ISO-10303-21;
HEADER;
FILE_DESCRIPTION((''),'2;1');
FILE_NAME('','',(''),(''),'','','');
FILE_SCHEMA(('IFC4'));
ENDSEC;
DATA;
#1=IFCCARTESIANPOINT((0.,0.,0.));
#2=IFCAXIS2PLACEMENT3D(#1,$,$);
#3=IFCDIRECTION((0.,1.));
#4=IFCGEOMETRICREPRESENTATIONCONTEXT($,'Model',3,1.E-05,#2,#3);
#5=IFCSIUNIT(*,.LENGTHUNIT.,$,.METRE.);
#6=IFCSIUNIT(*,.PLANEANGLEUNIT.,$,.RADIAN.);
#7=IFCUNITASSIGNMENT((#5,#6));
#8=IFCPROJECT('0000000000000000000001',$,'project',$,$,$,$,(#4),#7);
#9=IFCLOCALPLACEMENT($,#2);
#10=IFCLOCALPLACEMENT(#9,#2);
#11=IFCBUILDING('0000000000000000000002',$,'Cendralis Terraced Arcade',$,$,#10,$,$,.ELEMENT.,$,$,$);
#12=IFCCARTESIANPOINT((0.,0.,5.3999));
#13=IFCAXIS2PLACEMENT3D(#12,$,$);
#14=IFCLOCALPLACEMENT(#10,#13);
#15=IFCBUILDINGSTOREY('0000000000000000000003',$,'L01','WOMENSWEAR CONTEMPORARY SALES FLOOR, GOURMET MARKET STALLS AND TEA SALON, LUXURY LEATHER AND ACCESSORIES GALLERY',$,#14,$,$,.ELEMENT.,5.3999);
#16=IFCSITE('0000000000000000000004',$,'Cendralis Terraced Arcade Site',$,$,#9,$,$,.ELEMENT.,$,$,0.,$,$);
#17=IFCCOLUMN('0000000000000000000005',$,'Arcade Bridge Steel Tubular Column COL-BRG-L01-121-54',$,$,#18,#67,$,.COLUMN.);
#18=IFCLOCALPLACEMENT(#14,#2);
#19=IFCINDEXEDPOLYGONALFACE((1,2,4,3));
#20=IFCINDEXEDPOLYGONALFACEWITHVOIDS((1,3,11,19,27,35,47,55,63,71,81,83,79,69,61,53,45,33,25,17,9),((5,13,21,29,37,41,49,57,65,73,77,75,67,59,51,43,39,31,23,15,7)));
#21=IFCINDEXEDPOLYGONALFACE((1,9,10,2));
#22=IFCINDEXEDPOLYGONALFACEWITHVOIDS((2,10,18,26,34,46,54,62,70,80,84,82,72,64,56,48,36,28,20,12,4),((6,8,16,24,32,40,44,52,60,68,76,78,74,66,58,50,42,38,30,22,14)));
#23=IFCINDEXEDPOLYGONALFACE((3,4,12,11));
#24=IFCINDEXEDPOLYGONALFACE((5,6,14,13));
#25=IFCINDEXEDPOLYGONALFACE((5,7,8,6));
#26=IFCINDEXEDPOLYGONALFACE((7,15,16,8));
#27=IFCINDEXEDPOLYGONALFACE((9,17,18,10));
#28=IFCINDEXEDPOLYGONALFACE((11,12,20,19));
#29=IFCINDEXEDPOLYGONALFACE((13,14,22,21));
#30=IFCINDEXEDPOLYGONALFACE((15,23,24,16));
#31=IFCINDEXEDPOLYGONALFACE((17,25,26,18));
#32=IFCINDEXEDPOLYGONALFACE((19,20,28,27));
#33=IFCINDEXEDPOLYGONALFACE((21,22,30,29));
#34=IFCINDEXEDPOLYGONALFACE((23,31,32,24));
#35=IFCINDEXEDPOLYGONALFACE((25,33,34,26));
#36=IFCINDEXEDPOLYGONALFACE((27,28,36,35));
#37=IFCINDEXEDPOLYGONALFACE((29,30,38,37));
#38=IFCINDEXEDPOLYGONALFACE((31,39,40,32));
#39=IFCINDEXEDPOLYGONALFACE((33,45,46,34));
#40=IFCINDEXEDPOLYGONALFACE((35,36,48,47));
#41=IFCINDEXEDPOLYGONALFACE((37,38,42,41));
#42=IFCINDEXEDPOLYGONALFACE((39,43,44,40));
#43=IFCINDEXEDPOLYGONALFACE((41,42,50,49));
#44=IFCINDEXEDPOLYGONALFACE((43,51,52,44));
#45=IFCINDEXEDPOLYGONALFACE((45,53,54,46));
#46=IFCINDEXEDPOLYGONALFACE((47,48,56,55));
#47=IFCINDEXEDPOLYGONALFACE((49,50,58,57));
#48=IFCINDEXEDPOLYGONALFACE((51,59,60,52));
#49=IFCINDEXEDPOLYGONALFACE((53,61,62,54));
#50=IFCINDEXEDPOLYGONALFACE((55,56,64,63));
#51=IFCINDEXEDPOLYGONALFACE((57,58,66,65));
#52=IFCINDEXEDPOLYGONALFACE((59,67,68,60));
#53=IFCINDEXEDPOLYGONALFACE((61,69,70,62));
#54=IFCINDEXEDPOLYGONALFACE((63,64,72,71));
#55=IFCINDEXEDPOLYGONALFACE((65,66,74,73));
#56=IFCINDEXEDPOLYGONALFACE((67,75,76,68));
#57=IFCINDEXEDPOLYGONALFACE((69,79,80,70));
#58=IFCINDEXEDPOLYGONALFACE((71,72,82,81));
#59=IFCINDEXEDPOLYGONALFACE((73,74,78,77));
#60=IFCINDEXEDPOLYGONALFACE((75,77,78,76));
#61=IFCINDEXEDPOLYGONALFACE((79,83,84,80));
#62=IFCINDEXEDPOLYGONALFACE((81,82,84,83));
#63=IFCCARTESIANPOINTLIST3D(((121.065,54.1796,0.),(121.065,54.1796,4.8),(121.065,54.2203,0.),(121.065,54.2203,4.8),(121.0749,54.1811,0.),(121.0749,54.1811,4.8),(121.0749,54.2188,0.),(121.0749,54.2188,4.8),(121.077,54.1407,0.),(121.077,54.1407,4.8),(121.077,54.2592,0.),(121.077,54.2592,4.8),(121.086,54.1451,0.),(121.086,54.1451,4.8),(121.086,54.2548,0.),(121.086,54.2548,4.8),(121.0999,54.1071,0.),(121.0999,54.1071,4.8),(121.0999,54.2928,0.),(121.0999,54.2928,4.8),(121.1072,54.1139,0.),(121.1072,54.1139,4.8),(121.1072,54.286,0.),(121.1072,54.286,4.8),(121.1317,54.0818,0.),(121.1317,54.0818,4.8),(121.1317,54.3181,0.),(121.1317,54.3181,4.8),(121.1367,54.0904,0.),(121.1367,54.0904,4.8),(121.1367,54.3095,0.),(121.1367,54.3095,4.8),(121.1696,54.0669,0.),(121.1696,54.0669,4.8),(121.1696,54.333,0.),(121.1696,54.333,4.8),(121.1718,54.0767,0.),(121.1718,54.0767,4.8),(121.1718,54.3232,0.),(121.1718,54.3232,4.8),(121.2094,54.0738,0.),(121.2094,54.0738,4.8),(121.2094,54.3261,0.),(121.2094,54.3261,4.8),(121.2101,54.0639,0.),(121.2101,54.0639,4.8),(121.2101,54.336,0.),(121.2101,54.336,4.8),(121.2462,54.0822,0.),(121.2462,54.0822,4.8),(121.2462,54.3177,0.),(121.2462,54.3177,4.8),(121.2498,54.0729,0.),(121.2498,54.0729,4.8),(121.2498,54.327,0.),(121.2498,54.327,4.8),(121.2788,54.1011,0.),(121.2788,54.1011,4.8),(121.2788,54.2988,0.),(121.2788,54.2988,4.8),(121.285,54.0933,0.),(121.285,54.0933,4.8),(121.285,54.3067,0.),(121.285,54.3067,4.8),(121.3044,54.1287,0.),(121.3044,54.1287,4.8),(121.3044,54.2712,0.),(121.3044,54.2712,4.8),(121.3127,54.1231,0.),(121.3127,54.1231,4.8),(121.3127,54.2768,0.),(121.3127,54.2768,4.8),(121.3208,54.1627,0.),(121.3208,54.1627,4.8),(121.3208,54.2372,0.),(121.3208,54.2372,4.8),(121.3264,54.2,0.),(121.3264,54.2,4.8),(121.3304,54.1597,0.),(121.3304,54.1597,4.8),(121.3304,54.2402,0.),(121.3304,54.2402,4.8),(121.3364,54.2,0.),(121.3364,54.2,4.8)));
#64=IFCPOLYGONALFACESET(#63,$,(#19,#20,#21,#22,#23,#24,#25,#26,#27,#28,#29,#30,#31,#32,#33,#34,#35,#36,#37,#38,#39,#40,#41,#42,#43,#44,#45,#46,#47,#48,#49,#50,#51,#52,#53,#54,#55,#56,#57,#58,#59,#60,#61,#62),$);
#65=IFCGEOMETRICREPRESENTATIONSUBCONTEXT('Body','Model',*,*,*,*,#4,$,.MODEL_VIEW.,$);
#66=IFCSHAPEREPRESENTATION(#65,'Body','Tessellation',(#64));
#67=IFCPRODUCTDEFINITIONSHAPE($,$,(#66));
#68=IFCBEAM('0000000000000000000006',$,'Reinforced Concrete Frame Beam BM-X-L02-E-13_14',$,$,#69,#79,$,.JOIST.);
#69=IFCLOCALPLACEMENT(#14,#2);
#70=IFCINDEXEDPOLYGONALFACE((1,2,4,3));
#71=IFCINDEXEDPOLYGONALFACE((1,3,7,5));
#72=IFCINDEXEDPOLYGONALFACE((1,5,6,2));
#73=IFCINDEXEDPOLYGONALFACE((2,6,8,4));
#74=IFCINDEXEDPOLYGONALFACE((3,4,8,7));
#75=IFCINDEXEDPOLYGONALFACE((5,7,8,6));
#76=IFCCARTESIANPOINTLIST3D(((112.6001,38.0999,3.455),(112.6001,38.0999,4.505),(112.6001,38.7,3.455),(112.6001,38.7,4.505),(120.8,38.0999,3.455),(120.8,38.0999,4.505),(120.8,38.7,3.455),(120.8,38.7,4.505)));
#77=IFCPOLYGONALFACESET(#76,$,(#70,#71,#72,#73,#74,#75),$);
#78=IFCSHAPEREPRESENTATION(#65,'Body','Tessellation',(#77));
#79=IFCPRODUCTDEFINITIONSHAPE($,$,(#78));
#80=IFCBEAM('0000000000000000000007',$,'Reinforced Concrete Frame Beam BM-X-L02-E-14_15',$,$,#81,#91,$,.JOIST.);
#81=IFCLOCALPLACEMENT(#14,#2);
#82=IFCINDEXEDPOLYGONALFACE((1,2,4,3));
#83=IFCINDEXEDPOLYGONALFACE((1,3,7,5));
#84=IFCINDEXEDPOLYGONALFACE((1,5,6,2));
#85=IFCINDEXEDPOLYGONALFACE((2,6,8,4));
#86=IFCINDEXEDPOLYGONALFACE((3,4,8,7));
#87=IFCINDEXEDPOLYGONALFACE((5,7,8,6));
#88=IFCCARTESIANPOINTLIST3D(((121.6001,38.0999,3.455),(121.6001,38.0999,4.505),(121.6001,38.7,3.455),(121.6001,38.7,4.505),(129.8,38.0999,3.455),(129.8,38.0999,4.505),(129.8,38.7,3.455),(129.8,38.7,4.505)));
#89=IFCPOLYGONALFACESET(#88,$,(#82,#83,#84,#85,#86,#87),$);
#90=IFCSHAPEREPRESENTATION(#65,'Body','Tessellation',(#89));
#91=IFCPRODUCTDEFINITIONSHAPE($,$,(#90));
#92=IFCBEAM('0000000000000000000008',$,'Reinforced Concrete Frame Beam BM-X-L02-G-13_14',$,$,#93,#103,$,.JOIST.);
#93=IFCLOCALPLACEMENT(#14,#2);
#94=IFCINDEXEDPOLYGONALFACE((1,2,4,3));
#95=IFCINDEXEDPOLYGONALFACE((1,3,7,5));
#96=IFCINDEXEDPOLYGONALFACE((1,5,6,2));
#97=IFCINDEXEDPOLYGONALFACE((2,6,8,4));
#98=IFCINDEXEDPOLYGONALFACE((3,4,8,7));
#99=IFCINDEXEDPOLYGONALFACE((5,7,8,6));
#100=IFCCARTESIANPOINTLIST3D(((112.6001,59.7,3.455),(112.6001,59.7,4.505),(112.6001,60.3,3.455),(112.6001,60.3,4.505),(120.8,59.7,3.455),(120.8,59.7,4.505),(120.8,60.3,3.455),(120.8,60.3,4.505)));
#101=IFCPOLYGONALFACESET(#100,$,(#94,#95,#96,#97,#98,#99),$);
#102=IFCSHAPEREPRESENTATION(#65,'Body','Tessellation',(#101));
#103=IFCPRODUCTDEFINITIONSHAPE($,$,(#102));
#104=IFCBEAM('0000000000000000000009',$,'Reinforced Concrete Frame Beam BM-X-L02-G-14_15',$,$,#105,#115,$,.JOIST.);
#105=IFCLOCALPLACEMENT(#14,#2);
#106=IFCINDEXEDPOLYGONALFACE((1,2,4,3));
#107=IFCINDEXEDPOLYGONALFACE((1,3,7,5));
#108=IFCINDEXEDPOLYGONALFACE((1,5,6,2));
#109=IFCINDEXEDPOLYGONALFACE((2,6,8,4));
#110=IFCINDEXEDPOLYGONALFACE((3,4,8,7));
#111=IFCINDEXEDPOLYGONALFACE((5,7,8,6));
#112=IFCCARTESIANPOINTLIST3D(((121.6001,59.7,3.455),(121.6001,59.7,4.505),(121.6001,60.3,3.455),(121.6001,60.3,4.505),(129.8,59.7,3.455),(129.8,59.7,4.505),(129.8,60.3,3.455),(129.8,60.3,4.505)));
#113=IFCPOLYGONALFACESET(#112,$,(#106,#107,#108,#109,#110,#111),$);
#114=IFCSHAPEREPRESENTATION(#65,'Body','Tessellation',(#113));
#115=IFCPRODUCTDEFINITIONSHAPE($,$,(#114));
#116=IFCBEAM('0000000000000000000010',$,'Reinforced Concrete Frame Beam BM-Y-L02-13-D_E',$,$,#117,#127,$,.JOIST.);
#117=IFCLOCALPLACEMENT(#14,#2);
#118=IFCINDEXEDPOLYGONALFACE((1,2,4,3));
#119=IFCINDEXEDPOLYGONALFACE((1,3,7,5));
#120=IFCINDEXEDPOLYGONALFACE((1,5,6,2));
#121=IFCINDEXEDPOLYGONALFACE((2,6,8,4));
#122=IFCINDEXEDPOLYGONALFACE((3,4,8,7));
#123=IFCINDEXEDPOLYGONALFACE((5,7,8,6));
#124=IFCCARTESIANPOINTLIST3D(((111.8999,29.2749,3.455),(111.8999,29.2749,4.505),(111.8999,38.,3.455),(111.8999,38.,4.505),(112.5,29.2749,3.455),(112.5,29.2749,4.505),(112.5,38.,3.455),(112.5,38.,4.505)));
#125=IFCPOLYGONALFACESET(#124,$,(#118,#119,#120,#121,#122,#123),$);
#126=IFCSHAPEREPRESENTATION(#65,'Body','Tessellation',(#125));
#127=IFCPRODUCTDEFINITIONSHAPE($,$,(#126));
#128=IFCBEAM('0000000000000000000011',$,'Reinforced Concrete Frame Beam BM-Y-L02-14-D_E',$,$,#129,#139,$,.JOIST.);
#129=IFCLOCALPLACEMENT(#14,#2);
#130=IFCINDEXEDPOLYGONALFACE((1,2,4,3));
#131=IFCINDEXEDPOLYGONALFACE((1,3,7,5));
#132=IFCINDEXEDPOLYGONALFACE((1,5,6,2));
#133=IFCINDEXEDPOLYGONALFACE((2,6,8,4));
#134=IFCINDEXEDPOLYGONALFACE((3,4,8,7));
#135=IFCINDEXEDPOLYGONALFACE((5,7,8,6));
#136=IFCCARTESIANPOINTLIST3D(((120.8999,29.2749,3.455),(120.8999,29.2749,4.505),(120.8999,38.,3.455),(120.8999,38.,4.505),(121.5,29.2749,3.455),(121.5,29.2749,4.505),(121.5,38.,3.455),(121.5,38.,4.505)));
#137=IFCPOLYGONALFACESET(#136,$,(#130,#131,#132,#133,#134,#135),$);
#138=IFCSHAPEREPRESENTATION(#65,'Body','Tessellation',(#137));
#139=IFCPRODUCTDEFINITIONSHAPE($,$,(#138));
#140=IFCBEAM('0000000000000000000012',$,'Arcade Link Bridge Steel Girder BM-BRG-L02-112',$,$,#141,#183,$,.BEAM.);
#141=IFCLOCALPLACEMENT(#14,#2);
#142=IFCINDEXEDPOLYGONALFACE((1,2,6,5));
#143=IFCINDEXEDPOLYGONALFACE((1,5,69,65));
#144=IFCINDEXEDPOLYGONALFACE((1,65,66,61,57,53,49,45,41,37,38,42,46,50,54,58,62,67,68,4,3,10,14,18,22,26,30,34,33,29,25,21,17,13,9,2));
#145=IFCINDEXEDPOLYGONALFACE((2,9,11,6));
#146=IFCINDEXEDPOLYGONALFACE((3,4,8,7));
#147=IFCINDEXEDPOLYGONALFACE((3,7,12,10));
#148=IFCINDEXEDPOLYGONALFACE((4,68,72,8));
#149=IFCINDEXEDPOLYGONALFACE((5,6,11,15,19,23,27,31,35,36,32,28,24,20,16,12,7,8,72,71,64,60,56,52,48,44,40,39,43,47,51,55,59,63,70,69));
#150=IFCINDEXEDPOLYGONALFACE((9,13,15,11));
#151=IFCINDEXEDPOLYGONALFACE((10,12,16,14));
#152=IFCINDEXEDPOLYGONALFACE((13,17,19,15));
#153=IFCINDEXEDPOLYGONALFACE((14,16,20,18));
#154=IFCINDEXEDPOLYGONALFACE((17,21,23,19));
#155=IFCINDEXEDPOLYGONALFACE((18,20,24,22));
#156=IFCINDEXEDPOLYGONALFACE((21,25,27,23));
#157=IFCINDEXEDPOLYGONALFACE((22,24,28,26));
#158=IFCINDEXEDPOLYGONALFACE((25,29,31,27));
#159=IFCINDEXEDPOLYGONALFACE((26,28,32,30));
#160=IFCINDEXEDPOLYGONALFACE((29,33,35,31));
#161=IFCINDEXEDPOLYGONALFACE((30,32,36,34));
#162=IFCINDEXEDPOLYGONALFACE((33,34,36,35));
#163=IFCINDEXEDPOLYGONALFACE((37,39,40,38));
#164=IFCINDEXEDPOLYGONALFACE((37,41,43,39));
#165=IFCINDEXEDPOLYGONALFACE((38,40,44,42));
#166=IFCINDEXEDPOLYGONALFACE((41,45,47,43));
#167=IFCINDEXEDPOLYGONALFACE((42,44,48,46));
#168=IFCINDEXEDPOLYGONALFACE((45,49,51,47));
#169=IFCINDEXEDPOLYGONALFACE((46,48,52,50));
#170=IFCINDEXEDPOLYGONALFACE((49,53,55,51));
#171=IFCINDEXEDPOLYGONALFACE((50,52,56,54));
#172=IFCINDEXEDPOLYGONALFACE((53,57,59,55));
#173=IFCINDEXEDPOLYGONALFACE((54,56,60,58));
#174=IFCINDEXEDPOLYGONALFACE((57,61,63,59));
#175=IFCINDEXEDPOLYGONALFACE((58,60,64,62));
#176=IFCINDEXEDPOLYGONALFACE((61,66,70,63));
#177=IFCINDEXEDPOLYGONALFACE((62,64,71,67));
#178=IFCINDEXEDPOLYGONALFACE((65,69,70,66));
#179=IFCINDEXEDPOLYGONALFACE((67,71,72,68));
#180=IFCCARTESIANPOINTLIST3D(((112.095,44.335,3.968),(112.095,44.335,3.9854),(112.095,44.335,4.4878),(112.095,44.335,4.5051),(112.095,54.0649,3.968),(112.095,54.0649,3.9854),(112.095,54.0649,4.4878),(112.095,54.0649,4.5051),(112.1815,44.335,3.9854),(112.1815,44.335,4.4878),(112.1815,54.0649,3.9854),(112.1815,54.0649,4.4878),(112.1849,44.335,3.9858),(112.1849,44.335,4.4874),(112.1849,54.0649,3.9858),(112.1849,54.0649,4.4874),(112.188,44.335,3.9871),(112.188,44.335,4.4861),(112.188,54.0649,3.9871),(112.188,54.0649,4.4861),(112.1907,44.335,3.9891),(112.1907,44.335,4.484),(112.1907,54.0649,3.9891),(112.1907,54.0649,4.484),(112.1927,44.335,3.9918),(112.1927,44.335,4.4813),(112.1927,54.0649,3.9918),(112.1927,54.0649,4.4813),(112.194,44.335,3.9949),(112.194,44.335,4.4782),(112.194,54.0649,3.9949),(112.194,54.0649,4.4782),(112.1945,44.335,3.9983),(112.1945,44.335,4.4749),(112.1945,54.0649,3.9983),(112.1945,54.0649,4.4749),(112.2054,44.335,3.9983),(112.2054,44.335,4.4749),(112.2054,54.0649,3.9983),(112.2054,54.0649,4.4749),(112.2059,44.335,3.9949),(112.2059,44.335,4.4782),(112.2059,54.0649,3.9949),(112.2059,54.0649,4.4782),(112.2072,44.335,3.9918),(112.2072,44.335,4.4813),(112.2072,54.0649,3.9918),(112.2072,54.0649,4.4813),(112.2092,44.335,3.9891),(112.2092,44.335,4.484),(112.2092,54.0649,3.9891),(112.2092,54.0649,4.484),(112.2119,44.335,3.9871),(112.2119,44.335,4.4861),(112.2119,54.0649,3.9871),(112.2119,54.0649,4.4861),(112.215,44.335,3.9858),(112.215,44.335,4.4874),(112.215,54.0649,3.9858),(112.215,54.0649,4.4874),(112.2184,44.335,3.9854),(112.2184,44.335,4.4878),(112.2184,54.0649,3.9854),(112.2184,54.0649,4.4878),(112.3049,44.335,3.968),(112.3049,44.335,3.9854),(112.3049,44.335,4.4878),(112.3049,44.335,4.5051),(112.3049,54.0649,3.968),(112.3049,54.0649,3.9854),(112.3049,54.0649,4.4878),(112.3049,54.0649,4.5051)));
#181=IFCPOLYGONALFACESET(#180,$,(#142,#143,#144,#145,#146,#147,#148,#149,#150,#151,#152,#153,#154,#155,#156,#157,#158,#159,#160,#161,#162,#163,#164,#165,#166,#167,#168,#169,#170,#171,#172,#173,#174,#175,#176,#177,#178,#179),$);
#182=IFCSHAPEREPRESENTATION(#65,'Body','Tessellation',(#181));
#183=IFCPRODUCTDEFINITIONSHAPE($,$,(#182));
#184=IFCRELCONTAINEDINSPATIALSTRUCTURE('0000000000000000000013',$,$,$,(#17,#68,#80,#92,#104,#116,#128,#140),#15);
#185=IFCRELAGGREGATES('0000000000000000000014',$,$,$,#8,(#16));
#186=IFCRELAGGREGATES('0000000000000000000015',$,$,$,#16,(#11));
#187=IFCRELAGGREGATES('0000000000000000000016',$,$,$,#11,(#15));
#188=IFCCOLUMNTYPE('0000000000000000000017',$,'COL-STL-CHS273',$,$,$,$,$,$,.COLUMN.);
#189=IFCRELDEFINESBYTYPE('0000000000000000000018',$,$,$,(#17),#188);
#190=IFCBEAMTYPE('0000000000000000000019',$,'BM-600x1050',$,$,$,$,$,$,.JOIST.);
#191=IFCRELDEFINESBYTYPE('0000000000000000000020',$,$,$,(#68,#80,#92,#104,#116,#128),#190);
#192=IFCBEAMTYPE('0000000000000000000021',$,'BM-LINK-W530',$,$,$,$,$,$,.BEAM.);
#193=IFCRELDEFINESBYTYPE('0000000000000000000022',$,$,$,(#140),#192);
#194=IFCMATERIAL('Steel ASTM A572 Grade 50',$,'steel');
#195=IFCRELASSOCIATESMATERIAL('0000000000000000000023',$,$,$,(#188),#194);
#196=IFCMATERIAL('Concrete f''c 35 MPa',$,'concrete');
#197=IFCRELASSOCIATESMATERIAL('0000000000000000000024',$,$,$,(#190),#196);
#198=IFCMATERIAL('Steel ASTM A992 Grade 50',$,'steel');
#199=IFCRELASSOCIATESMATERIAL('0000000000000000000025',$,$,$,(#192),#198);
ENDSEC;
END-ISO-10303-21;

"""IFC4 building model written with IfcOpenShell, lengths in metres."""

from ifc_helpers import new_model, si_unit, direction, frame, origin, origin_2d, place, context, subcontext, project, spatial, rectangle, hollow_circle, i_section, extrude, material, material_profile, profile_set, type_object, element, save


model = new_model("IFC4")

# Units and contexts
model_context = context("Model", 3, precision=1e-05, world=origin(), true_north=direction((0.0, 1.0)))
body_context = subcontext(model_context, "Body", "Model", "MODEL_VIEW")
ifc_project = project(units=[si_unit("LENGTHUNIT", "METRE"), si_unit("PLANEANGLEUNIT", "RADIAN")], contexts=[model_context])

# Site, building, storey
site_placement = place(None, origin())
site = spatial("IfcSite", under=ifc_project, at=site_placement, Name="Cendralis Terraced Arcade Site", CompositionType="ELEMENT", RefElevation=0.0)
building_placement = place(site_placement, origin())
building = spatial("IfcBuilding", under=site, at=building_placement, Name="Cendralis Terraced Arcade", CompositionType="ELEMENT")
storey_placement = place(building_placement, frame((0.0, 0.0, 5.3999)))
storey = spatial("IfcBuildingStorey", under=building, at=storey_placement, Name="L01", Description="WOMENSWEAR CONTEMPORARY SALES FLOOR, GOURMET MARKET STALLS AND TEA SALON, LUXURY LEATHER AND ACCESSORIES GALLERY", CompositionType="ELEMENT", Elevation=5.3999)

# Column
ifc_material_1 = material(Name="Steel ASTM A572 Grade 50", Category="steel")
ifc_material_profile_1 = material_profile(ifc_material_1, hollow_circle(Radius=0.1365, WallThickness=0.01, at=origin_2d()), Name="CHS273X10", Category="LoadBearing")
ifc_profile_set_1 = profile_set([ifc_material_profile_1], Name="Steel ASTM A572 Grade 50")
column_type_1 = type_object("IfcColumnType", Name="COL-STL-CHS273", PredefinedType="COLUMN", material=ifc_profile_set_1)
for number, where, z_axis, x_axis, name in (
    (1, (121.2, 54.2, 0.0), (0.0, 0.0, 1.0), (1.0, 0.0, 0.0), "Arcade Bridge Steel Tubular Column COL-BRG-L01-121-54"),
):
    element("IfcColumn", number, at=place(storey_placement, frame(where, z_axis=z_axis, x_axis=x_axis)), inside=storey, type_object=column_type_1, Name=name, PredefinedType="COLUMN", context=body_context, shape_type="SweptSolid", body=[
        extrude(hollow_circle(Radius=0.1365, WallThickness=0.01, at=origin_2d()), origin(), (0.0, 0.0, 1.0), 4.8),
    ])

# Beams
ifc_material_2 = material(Name="Concrete f'c 35 MPa", Category="concrete")
ifc_material_profile_2 = material_profile(ifc_material_2, rectangle(XDim=0.6001, YDim=1.05, at=origin_2d()), Name="RC-BM-600x1050", Category="LoadBearing")
ifc_profile_set_2 = profile_set([ifc_material_profile_2], Name="Concrete f'c 35 MPa")
beam_type_1 = type_object("IfcBeamType", Name="BM-600x1050", PredefinedType="JOIST", material=ifc_profile_set_2)
for number, where, z_axis, x_axis, name in (
    (2, (112.6001, 38.3999, 3.98), (1.0, 0.0, 0.0), (0.0, 1.0, 0.0), "Reinforced Concrete Frame Beam BM-X-L02-E-13_14"),
    (3, (121.6001, 38.3999, 3.98), (1.0, 0.0, 0.0), (0.0, 1.0, 0.0), "Reinforced Concrete Frame Beam BM-X-L02-E-14_15"),
    (4, (112.6001, 60.0, 3.98), (1.0, 0.0, 0.0), (0.0, 1.0, 0.0), "Reinforced Concrete Frame Beam BM-X-L02-G-13_14"),
    (5, (121.6001, 60.0, 3.98), (1.0, 0.0, 0.0), (0.0, 1.0, 0.0), "Reinforced Concrete Frame Beam BM-X-L02-G-14_15"),
):
    element("IfcBeam", number, at=place(storey_placement, frame(where, z_axis=z_axis, x_axis=x_axis)), inside=storey, type_object=beam_type_1, Name=name, PredefinedType="JOIST", context=body_context, shape_type="SweptSolid", body=[
        extrude(rectangle(XDim=0.6001, YDim=1.05, at=origin_2d()), origin(), (0.0, 0.0, 1.0), 8.2),
    ])
for number, where, z_axis, x_axis, name in (
    (6, (112.2, 29.2749, 3.98), (0.0, 1.0, 0.0), (-1.0, 0.0, 0.0), "Reinforced Concrete Frame Beam BM-Y-L02-13-D_E"),
    (7, (121.2, 29.2749, 3.98), (0.0, 1.0, 0.0), (-1.0, 0.0, 0.0), "Reinforced Concrete Frame Beam BM-Y-L02-14-D_E"),
):
    element("IfcBeam", number, at=place(storey_placement, frame(where, z_axis=z_axis, x_axis=x_axis)), inside=storey, type_object=beam_type_1, Name=name, PredefinedType="JOIST", context=body_context, shape_type="SweptSolid", body=[
        extrude(rectangle(XDim=0.6001, YDim=1.05, at=origin_2d()), origin(), (0.0, 0.0, 1.0), 8.7251),
    ])
ifc_material_3 = material(Name="Steel ASTM A992 Grade 50", Category="steel")
ifc_material_profile_3 = material_profile(ifc_material_3, i_section(OverallWidth=0.21, OverallDepth=0.5371, WebThickness=0.011, FlangeThickness=0.0173, FilletRadius=0.0129, at=origin_2d()), Name="W530X101", Category="LoadBearing")
ifc_profile_set_3 = profile_set([ifc_material_profile_3], Name="Steel ASTM A992 Grade 50")
beam_type_2 = type_object("IfcBeamType", Name="BM-LINK-W530", PredefinedType="BEAM", material=ifc_profile_set_3)
for number, where, z_axis, x_axis, name in (
    (8, (112.2, 44.335, 4.2366), (0.0, 1.0, 0.0), (-1.0, 0.0, 0.0), "Arcade Link Bridge Steel Girder BM-BRG-L02-112"),
):
    element("IfcBeam", number, at=place(storey_placement, frame(where, z_axis=z_axis, x_axis=x_axis)), inside=storey, type_object=beam_type_2, Name=name, PredefinedType="BEAM", context=body_context, shape_type="SweptSolid", body=[
        extrude(i_section(OverallWidth=0.21, OverallDepth=0.5371, WebThickness=0.011, FlangeThickness=0.0173, FilletRadius=0.0129, at=origin_2d()), origin(), (0.0, 0.0, 1.0), 9.73),
    ])

save(model, "model.ifc")
